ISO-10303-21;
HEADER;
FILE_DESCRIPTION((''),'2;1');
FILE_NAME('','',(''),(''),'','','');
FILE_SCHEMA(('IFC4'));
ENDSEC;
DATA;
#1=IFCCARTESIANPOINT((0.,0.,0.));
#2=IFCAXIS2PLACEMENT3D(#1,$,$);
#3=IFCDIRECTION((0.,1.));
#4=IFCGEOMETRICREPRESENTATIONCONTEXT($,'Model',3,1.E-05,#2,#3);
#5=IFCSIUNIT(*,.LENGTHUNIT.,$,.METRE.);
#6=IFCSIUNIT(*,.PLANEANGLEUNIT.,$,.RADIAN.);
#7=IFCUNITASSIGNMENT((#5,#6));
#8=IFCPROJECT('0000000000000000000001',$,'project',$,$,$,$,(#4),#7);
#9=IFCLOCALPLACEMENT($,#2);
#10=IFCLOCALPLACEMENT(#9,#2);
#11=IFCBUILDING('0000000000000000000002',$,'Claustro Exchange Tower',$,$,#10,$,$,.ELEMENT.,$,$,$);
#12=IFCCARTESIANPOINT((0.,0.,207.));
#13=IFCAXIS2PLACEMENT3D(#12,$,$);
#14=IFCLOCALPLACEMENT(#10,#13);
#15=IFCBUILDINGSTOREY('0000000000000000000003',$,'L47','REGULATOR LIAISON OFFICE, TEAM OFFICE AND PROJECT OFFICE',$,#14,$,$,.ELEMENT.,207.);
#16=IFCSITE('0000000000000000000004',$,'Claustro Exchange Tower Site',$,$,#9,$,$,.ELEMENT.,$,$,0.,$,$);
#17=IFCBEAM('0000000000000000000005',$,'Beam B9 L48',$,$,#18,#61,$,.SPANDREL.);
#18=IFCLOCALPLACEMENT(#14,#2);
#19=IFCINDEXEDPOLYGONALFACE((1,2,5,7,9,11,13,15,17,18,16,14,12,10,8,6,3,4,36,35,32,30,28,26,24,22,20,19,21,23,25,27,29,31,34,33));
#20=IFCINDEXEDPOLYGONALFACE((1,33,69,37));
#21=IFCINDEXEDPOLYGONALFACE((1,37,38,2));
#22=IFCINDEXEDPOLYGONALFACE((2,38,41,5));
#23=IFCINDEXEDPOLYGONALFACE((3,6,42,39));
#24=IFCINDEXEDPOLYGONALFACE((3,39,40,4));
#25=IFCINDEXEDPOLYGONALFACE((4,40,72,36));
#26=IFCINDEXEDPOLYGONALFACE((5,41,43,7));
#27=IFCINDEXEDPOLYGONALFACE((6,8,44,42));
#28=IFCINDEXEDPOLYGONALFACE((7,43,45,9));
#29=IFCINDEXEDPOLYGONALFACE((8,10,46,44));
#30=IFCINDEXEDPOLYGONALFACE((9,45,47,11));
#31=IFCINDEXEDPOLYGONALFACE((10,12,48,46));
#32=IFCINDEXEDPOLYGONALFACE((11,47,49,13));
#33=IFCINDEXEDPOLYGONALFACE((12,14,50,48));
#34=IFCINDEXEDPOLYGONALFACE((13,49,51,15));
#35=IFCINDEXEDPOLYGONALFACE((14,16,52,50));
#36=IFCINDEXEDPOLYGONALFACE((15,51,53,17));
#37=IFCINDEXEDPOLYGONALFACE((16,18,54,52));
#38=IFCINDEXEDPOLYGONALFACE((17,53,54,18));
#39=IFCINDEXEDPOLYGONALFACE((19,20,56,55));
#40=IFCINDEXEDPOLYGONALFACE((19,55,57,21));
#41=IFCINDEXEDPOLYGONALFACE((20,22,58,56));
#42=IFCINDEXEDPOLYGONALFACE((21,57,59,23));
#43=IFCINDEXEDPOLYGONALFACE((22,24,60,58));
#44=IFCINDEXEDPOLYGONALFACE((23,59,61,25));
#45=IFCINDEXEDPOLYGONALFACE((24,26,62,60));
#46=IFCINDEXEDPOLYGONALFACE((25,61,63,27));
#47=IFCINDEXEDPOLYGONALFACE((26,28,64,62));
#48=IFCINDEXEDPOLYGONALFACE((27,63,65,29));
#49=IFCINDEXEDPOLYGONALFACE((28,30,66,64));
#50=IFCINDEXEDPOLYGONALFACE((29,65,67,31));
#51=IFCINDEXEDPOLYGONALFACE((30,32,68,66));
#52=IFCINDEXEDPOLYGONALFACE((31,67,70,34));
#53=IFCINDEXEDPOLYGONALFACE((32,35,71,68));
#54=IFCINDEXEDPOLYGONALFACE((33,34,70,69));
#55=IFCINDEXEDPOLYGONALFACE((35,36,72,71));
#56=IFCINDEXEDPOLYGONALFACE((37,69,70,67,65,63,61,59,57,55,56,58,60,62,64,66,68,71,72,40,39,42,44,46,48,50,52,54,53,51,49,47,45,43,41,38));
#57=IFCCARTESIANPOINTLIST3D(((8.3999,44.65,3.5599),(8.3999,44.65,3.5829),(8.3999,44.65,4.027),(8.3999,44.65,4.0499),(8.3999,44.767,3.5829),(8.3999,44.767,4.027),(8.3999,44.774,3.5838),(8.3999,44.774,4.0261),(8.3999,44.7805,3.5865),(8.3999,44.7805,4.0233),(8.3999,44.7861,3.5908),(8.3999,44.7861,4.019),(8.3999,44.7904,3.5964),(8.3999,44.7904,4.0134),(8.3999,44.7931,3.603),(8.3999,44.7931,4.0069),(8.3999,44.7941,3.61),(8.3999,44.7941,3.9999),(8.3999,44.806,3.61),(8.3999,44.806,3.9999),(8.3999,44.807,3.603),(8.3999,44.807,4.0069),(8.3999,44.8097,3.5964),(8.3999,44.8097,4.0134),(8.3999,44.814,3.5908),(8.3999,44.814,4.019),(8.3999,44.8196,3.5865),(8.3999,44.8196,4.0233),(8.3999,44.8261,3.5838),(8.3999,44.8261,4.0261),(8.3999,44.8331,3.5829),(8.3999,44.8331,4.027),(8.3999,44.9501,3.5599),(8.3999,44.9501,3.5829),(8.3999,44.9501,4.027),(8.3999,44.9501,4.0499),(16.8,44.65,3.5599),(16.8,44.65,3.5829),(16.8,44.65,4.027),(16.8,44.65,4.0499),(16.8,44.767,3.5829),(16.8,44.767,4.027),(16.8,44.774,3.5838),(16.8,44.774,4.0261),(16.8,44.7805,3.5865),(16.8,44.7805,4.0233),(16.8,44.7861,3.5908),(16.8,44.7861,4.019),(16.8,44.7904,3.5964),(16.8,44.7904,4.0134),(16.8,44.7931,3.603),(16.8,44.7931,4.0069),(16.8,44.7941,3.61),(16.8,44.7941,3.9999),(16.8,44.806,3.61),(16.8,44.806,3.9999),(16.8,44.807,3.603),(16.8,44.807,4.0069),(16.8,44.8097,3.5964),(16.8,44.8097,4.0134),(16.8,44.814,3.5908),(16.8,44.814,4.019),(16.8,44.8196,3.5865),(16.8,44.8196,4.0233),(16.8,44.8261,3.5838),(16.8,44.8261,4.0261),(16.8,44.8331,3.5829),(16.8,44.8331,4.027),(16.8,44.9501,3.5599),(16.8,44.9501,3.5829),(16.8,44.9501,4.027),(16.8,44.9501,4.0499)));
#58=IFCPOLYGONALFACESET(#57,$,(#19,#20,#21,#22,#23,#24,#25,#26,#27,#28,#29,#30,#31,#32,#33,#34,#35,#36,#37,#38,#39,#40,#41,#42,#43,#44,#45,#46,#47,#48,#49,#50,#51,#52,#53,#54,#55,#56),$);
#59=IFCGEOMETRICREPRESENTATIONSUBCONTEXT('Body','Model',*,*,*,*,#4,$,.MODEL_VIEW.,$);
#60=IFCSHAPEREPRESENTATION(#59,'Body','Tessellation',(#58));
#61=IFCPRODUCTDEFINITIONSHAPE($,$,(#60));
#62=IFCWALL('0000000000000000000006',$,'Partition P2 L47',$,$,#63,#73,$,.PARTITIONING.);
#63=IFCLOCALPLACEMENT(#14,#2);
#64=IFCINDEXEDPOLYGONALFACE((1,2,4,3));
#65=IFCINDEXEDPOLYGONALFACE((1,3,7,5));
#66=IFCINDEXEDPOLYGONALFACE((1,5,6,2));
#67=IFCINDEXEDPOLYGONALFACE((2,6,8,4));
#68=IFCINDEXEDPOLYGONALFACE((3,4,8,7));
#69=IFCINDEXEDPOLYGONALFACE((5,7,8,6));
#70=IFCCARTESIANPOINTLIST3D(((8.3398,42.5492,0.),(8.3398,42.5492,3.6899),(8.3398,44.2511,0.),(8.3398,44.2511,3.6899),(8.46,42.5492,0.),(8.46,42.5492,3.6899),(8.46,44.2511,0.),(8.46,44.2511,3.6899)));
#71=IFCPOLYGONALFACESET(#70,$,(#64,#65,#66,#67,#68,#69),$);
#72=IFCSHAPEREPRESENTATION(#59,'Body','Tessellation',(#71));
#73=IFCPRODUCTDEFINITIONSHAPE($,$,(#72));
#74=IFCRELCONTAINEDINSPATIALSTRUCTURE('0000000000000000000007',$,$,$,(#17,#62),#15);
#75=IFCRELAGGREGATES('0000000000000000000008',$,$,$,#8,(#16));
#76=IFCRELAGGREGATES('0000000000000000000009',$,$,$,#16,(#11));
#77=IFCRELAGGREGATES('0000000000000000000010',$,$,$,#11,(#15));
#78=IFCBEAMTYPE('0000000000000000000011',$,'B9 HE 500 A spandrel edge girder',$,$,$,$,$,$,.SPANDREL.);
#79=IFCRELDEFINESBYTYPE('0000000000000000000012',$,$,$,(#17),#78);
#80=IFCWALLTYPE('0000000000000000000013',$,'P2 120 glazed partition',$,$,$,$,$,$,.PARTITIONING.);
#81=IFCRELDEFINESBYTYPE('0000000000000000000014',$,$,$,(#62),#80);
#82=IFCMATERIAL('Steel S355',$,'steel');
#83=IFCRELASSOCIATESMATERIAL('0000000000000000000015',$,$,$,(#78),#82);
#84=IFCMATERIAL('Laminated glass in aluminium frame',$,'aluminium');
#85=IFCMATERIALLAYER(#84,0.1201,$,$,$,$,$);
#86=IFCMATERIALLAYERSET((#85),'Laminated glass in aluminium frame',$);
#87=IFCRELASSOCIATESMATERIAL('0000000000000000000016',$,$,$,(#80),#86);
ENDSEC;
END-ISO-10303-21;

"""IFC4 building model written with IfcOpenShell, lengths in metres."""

from ifc_helpers import new_model, si_unit, direction, frame, frame_2d, origin, origin_2d, place, context, subcontext, project, spatial, rectangle, i_section, extrude, material, layer, layer_set, material_profile, profile_set, type_object, element, save


model = new_model("IFC4")

# Units and contexts
model_context = context("Model", 3, precision=1e-05, world=origin(), true_north=direction((0.0, 1.0)))
body_context = subcontext(model_context, "Body", "Model", "MODEL_VIEW")
ifc_project = project(units=[si_unit("LENGTHUNIT", "METRE"), si_unit("PLANEANGLEUNIT", "RADIAN")], contexts=[model_context])

# Site, building, storey
site_placement = place(None, origin())
site = spatial("IfcSite", under=ifc_project, at=site_placement, Name="Claustro Exchange Tower Site", CompositionType="ELEMENT", RefElevation=0.0)
building_placement = place(site_placement, origin())
building = spatial("IfcBuilding", under=site, at=building_placement, Name="Claustro Exchange Tower", CompositionType="ELEMENT")
storey_placement = place(building_placement, frame((0.0, 0.0, 207.0)))
storey = spatial("IfcBuildingStorey", under=building, at=storey_placement, Name="L47", Description="REGULATOR LIAISON OFFICE, TEAM OFFICE AND PROJECT OFFICE", CompositionType="ELEMENT", Elevation=207.0)

# Beam
ifc_material_1 = material(Name="Steel S355", Category="steel")
ifc_material_profile_1 = material_profile(ifc_material_1, i_section(OverallWidth=0.3, OverallDepth=0.49, WebThickness=0.012, FlangeThickness=0.0229, FilletRadius=0.0271, at=origin_2d()), Name="HE 500 A")
ifc_profile_set_1 = profile_set([ifc_material_profile_1], Name="Steel S355")
beam_type_1 = type_object("IfcBeamType", Name="B9 HE 500 A spandrel edge girder", PredefinedType="SPANDREL", material=ifc_profile_set_1)
beam_1_placement = place(storey_placement, frame((8.3999, 44.8, 3.8049), z_axis=(1.0, 0.0, 0.0), x_axis=(0.0, 1.0, 0.0)))
element("IfcBeam", 1, at=beam_1_placement, inside=storey, type_object=beam_type_1, Name="Beam B9 L48", PredefinedType="SPANDREL", context=body_context, shape_type="SweptSolid", body=[
    extrude(i_section(OverallWidth=0.3, OverallDepth=0.49, WebThickness=0.012, FlangeThickness=0.0229, FilletRadius=0.0271, at=origin_2d()), origin(), (0.0, 0.0, 1.0), 8.4001),
])

# Wall
ifc_material_2 = material(Name="Laminated glass in aluminium frame", Category="aluminium")
ifc_layer_1 = layer(ifc_material_2, 0.1201)
ifc_layer_set_1 = layer_set([ifc_layer_1], Name="Laminated glass in aluminium frame")
wall_type_1 = type_object("IfcWallType", Name="P2 120 glazed partition", PredefinedType="PARTITIONING", material=ifc_layer_set_1)
wall_1_placement = place(storey_placement, frame((8.3999, 42.5491, 0.0), z_axis=(0.0, 0.0, 1.0), x_axis=(0.0, 1.0, 0.0)))
element("IfcWall", 2, at=wall_1_placement, inside=storey, type_object=wall_type_1, Name="Partition P2 L47", PredefinedType="PARTITIONING", context=body_context, shape_type="SweptSolid", body=[
    extrude(rectangle(XDim=1.7019, YDim=0.1201, at=frame_2d((0.8511, 0.0))), origin(), (0.0, 0.0, 1.0), 3.6899),
])

save(model, "model.ifc")
